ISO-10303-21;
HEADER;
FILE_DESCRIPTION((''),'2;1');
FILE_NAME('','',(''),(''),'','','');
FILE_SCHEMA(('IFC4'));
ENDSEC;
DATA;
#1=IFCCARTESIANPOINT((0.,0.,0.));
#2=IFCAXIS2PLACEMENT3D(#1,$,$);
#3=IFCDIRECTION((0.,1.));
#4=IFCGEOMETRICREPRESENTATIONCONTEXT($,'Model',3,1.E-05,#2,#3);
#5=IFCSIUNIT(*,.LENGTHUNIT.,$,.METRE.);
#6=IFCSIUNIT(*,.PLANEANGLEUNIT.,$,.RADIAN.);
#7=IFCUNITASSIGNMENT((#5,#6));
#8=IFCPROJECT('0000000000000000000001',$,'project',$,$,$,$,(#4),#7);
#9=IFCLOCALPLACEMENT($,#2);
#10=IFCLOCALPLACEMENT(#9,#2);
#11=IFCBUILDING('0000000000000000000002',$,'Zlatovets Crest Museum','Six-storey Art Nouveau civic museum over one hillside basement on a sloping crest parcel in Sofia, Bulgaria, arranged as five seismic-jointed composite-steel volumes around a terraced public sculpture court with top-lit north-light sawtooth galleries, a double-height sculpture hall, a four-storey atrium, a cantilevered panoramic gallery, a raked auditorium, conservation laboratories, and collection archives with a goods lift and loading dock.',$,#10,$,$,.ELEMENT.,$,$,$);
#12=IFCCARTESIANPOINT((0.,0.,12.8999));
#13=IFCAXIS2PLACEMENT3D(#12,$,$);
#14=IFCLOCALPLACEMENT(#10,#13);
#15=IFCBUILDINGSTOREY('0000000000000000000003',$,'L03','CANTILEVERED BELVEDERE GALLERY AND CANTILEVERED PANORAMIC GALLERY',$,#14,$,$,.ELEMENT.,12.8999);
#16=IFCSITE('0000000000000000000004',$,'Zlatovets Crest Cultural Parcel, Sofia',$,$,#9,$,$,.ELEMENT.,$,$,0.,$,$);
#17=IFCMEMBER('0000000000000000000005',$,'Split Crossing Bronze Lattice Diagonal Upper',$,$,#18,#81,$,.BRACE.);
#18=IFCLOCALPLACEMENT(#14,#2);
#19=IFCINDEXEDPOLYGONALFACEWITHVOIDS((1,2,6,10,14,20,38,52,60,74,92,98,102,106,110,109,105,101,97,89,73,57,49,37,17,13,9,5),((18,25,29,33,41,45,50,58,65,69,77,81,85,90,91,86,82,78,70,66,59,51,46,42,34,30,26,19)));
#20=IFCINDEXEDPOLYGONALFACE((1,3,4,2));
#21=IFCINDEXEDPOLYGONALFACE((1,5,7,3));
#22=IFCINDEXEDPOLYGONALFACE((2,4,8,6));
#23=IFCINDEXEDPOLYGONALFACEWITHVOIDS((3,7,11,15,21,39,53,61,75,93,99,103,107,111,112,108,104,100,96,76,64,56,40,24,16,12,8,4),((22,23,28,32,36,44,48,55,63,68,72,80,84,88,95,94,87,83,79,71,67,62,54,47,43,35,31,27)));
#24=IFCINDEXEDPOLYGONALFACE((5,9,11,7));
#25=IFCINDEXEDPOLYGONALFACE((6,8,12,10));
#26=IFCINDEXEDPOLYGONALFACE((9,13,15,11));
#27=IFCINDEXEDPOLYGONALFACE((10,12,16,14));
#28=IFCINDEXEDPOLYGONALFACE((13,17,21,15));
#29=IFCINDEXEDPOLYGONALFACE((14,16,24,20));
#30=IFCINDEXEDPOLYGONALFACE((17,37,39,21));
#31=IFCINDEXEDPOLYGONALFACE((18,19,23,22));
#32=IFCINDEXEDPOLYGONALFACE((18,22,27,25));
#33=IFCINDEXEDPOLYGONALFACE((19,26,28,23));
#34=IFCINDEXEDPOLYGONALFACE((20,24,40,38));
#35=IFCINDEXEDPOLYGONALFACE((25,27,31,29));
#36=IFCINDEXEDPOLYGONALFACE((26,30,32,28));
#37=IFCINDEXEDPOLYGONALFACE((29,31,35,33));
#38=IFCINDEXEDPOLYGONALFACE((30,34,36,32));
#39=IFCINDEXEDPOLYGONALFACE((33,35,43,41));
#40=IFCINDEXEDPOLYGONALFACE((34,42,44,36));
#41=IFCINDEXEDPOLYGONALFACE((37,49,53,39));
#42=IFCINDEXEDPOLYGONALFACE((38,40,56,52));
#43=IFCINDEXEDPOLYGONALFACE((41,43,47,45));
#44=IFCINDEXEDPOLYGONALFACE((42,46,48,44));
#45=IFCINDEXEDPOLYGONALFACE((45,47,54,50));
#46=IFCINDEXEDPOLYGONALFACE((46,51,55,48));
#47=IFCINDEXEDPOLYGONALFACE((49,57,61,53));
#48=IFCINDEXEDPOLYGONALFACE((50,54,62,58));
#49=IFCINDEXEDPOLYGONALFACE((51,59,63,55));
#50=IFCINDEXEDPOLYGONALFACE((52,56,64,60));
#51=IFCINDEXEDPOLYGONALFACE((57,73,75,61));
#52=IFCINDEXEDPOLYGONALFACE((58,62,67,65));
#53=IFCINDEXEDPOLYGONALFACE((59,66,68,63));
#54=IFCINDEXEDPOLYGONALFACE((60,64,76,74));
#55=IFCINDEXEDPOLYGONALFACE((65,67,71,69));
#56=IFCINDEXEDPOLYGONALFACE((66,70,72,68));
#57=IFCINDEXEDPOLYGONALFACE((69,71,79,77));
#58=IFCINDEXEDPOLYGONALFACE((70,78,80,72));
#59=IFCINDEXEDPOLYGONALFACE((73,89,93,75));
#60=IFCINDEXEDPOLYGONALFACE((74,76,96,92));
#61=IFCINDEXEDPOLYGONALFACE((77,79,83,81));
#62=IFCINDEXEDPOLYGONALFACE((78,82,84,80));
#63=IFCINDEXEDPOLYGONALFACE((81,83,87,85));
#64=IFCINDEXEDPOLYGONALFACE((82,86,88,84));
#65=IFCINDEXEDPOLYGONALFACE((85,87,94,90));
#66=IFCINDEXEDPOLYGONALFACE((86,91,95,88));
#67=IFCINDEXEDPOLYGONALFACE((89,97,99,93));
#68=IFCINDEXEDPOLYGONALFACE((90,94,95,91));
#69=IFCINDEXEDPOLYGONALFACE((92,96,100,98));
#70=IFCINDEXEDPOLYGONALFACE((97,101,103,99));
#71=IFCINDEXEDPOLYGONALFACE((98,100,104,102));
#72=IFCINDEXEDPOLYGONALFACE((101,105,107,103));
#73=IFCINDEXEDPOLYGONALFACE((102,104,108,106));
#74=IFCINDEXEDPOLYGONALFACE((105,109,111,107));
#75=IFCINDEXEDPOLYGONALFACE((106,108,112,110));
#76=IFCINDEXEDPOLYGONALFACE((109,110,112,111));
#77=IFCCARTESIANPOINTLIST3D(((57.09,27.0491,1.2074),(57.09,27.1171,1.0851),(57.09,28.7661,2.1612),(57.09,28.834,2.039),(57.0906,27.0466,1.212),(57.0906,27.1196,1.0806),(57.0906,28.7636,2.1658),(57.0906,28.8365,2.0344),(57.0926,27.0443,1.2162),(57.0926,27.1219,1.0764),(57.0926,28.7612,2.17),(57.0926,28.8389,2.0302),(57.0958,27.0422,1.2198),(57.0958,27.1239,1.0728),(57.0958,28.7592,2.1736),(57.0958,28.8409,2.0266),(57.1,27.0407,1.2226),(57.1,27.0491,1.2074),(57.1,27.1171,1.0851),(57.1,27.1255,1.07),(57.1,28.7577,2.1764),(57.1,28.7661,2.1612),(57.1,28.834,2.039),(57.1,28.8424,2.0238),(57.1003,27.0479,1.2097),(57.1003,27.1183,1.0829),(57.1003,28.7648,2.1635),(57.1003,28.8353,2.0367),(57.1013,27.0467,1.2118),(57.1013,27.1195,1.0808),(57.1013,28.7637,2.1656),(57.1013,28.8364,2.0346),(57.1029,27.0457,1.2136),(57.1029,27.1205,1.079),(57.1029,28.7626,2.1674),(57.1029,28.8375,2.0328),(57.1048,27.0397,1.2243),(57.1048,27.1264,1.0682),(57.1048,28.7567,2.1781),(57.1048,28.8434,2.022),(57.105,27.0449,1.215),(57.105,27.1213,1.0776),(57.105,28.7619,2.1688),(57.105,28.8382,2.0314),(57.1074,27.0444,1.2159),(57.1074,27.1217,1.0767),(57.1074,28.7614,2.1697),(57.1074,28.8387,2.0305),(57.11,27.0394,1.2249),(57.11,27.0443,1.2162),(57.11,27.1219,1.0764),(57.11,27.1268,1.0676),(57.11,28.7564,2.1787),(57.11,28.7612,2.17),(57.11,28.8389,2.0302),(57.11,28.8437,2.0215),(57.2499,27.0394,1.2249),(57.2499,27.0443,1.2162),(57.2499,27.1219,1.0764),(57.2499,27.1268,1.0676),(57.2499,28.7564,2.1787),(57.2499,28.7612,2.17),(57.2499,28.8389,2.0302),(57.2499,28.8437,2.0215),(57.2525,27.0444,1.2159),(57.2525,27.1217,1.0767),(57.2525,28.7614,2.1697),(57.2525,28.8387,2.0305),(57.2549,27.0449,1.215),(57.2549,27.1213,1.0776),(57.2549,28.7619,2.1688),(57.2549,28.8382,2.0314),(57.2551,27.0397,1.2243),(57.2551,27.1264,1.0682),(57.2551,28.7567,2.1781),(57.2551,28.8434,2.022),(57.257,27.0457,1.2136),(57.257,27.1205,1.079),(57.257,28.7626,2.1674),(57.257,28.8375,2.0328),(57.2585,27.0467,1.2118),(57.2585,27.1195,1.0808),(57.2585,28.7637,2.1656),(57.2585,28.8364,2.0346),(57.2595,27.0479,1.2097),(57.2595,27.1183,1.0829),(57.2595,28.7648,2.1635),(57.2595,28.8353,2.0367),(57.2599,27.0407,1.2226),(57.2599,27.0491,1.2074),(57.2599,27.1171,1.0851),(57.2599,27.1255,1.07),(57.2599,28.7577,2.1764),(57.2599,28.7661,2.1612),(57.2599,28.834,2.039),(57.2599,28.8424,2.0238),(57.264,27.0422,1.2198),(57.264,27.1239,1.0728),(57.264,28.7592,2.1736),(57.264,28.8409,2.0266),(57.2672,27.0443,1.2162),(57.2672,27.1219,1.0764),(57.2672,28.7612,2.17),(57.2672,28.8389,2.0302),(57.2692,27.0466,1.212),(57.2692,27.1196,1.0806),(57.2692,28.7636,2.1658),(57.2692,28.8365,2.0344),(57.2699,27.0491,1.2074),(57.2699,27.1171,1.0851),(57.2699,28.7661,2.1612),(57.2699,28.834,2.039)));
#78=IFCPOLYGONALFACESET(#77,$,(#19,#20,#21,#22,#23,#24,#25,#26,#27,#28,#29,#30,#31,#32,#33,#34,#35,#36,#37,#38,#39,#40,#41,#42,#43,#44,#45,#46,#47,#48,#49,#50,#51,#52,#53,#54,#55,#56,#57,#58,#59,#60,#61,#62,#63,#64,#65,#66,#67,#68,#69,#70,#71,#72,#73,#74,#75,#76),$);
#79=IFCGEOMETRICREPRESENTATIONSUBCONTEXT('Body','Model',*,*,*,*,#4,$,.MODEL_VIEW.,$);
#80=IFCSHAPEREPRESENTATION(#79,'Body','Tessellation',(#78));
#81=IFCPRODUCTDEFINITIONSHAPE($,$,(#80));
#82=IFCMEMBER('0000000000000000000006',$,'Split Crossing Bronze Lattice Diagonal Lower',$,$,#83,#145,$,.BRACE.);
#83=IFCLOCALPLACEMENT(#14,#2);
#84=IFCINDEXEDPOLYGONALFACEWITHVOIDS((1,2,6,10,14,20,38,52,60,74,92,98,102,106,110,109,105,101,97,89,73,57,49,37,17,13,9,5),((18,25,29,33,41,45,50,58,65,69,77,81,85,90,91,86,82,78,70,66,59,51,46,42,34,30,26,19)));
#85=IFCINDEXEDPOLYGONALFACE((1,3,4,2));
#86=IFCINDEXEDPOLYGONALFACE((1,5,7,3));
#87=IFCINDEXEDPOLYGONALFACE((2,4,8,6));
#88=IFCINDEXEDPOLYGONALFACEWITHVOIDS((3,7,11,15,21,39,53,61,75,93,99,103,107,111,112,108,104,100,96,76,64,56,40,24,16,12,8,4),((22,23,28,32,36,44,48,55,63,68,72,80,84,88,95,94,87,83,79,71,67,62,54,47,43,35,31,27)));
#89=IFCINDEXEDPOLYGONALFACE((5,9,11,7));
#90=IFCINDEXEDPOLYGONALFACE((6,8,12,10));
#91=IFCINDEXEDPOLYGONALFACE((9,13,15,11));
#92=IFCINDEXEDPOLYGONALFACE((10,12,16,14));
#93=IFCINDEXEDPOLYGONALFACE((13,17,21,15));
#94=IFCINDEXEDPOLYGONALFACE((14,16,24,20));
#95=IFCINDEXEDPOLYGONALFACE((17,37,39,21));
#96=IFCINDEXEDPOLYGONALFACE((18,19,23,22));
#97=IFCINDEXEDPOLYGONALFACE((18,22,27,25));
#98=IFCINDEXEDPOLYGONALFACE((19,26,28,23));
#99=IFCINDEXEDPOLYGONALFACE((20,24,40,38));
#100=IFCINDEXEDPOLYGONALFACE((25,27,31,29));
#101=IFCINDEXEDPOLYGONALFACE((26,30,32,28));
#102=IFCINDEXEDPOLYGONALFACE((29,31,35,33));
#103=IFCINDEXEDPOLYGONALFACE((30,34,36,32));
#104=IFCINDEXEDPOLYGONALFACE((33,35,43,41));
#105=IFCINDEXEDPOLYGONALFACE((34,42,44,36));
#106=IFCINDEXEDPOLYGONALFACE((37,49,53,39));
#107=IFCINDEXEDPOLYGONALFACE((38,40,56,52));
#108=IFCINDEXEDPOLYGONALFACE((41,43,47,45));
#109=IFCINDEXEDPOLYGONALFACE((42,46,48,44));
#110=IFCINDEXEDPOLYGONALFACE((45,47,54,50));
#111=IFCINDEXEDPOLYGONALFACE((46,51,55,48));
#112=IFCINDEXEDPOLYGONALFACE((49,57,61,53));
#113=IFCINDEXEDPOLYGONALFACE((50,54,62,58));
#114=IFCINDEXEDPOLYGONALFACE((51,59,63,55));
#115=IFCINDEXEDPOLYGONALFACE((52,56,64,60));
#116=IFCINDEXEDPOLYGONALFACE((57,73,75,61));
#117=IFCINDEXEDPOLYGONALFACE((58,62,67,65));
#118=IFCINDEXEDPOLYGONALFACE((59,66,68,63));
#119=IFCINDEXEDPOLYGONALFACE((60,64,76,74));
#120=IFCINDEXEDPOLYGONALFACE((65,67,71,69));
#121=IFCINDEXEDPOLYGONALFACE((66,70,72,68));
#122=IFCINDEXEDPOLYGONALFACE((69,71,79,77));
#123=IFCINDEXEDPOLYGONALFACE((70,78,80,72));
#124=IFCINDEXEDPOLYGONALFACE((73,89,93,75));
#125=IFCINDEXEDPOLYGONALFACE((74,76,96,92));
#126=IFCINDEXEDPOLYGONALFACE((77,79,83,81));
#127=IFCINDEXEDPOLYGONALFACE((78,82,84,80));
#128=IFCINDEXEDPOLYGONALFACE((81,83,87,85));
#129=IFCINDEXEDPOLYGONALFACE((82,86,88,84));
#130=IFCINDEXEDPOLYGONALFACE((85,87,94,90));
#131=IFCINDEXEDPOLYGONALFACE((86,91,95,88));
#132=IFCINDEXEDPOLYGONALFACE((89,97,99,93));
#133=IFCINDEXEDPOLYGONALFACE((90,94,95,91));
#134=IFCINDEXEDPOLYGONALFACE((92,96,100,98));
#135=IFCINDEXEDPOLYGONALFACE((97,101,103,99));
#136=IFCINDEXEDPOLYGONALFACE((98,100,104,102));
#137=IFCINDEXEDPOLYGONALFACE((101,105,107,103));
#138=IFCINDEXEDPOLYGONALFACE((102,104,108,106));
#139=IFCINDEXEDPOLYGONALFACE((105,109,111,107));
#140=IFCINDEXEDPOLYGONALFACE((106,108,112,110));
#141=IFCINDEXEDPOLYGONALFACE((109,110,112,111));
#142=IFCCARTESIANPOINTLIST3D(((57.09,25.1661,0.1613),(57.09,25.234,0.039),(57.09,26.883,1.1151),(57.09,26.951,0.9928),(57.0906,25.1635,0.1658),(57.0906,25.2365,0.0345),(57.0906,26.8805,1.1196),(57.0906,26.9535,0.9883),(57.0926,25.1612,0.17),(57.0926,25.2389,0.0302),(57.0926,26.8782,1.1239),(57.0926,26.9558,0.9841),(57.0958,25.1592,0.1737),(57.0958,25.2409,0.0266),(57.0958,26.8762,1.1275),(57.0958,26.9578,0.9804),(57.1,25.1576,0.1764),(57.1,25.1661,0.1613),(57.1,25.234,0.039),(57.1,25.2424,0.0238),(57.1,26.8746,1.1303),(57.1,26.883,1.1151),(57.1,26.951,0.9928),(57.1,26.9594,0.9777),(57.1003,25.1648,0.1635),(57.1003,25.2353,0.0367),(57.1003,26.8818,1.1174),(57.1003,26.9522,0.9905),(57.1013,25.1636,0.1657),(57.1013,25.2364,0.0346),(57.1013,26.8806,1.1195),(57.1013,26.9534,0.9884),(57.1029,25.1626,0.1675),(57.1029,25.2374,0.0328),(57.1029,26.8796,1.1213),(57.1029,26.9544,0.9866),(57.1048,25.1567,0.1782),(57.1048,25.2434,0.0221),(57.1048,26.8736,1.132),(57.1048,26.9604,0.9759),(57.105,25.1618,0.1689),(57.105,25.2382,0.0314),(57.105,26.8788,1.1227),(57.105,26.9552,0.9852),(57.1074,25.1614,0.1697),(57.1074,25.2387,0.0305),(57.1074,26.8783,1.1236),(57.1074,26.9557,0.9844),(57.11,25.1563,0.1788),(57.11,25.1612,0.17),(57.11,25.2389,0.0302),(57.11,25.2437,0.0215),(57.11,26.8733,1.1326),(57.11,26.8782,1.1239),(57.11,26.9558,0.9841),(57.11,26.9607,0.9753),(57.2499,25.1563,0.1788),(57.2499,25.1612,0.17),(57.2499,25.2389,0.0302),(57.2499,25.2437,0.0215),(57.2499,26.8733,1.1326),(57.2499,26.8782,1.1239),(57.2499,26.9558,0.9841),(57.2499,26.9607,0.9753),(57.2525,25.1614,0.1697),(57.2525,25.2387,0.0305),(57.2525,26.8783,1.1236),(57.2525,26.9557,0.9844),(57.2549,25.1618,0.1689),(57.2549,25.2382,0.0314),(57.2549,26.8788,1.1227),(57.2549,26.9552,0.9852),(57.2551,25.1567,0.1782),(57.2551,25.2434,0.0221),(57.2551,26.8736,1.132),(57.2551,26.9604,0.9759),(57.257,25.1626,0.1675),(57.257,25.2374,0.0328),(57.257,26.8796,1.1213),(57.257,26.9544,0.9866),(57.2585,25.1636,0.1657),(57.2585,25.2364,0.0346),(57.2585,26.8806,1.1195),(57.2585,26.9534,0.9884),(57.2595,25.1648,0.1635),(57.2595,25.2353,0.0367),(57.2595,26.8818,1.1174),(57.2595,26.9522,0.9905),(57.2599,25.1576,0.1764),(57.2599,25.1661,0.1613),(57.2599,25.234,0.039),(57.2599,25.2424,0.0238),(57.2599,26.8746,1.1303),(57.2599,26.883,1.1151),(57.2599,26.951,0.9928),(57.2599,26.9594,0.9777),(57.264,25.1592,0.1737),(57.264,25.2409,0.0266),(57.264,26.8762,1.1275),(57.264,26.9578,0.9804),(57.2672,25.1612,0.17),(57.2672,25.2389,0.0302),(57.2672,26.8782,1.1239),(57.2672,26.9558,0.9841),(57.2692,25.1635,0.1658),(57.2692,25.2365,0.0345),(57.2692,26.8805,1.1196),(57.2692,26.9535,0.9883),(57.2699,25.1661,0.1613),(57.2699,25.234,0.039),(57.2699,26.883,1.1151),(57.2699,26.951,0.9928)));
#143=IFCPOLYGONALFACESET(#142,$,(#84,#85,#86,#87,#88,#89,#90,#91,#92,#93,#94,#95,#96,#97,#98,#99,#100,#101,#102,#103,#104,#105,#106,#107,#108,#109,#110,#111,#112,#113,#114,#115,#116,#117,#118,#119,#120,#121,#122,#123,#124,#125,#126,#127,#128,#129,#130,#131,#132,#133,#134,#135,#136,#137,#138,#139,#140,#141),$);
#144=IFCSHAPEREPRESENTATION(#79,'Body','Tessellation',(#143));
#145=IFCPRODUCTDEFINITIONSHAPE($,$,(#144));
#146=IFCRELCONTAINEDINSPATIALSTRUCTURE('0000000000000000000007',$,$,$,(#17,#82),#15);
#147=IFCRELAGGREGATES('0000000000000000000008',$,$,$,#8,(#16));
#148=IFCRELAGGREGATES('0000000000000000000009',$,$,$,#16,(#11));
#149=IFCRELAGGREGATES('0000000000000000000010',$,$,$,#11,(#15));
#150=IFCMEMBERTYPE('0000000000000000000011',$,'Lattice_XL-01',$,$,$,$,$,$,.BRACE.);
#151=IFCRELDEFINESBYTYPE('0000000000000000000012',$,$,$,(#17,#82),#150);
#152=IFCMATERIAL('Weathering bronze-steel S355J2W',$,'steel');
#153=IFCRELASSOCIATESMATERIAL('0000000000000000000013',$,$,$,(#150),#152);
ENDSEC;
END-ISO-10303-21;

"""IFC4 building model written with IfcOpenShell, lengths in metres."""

from ifc_helpers import new_model, si_unit, direction, frame, origin, origin_2d, place, context, subcontext, project, spatial, hollow_rectangle, extrude, material, material_profile, profile_set, type_object, element, save


model = new_model("IFC4")

# Units and contexts
model_context = context("Model", 3, precision=1e-05, world=origin(), true_north=direction((0.0, 1.0)))
body_context = subcontext(model_context, "Body", "Model", "MODEL_VIEW")
ifc_project = project(units=[si_unit("LENGTHUNIT", "METRE"), si_unit("PLANEANGLEUNIT", "RADIAN")], contexts=[model_context])

# Site, building, storey
site_placement = place(None, origin())
site = spatial("IfcSite", under=ifc_project, at=site_placement, Name="Zlatovets Crest Cultural Parcel, Sofia", CompositionType="ELEMENT", RefElevation=0.0)
building_placement = place(site_placement, origin())
building = spatial("IfcBuilding", under=site, at=building_placement, Name="Zlatovets Crest Museum", Description="Six-storey Art Nouveau civic museum over one hillside basement on a sloping crest parcel in Sofia, Bulgaria, arranged as five seismic-jointed composite-steel volumes around a terraced public sculpture court with top-lit north-light sawtooth galleries, a double-height sculpture hall, a four-storey atrium, a cantilevered panoramic gallery, a raked auditorium, conservation laboratories, and collection archives with a goods lift and loading dock.", CompositionType="ELEMENT")
storey_placement = place(building_placement, frame((0.0, 0.0, 12.8999)))
storey = spatial("IfcBuildingStorey", under=building, at=storey_placement, Name="L03", Description="CANTILEVERED BELVEDERE GALLERY AND CANTILEVERED PANORAMIC GALLERY", CompositionType="ELEMENT", Elevation=12.8999)

# Members
ifc_material_1 = material(Name="Weathering bronze-steel S355J2W", Category="steel")
ifc_material_profile_1 = material_profile(ifc_material_1, hollow_rectangle(XDim=0.1799, YDim=0.1799, WallThickness=0.01, InnerFilletRadius=0.01, OuterFilletRadius=0.02, at=origin_2d()), Name="SHS 180x180x10.0")
ifc_profile_set_1 = profile_set([ifc_material_profile_1], Name="Weathering bronze-steel S355J2W")
member_type_1 = type_object("IfcMemberType", Name="Lattice_XL-01", PredefinedType="BRACE", material=ifc_profile_set_1)
for number, where, z_axis, x_axis, name in (
    (1, (57.1799, 28.8, 2.1001), (0.0, -0.874169, -0.485622), (1.0, 0.0, 0.0), "Split Crossing Bronze Lattice Diagonal Upper"),
    (2, (57.1799, 26.917, 1.054), (0.0, -0.874169, -0.485622), (1.0, 0.0, 0.0), "Split Crossing Bronze Lattice Diagonal Lower"),
):
    element("IfcMember", number, at=place(storey_placement, frame(where, z_axis=z_axis, x_axis=x_axis)), inside=storey, type_object=member_type_1, Name=name, PredefinedType="BRACE", context=body_context, shape_type="SweptSolid", body=[
        extrude(hollow_rectangle(XDim=0.1799, YDim=0.1799, WallThickness=0.01, InnerFilletRadius=0.01, OuterFilletRadius=0.02, at=origin_2d()), origin(), (0.0, 0.0, 1.0), 1.9641),
    ])

save(model, "model.ifc")
